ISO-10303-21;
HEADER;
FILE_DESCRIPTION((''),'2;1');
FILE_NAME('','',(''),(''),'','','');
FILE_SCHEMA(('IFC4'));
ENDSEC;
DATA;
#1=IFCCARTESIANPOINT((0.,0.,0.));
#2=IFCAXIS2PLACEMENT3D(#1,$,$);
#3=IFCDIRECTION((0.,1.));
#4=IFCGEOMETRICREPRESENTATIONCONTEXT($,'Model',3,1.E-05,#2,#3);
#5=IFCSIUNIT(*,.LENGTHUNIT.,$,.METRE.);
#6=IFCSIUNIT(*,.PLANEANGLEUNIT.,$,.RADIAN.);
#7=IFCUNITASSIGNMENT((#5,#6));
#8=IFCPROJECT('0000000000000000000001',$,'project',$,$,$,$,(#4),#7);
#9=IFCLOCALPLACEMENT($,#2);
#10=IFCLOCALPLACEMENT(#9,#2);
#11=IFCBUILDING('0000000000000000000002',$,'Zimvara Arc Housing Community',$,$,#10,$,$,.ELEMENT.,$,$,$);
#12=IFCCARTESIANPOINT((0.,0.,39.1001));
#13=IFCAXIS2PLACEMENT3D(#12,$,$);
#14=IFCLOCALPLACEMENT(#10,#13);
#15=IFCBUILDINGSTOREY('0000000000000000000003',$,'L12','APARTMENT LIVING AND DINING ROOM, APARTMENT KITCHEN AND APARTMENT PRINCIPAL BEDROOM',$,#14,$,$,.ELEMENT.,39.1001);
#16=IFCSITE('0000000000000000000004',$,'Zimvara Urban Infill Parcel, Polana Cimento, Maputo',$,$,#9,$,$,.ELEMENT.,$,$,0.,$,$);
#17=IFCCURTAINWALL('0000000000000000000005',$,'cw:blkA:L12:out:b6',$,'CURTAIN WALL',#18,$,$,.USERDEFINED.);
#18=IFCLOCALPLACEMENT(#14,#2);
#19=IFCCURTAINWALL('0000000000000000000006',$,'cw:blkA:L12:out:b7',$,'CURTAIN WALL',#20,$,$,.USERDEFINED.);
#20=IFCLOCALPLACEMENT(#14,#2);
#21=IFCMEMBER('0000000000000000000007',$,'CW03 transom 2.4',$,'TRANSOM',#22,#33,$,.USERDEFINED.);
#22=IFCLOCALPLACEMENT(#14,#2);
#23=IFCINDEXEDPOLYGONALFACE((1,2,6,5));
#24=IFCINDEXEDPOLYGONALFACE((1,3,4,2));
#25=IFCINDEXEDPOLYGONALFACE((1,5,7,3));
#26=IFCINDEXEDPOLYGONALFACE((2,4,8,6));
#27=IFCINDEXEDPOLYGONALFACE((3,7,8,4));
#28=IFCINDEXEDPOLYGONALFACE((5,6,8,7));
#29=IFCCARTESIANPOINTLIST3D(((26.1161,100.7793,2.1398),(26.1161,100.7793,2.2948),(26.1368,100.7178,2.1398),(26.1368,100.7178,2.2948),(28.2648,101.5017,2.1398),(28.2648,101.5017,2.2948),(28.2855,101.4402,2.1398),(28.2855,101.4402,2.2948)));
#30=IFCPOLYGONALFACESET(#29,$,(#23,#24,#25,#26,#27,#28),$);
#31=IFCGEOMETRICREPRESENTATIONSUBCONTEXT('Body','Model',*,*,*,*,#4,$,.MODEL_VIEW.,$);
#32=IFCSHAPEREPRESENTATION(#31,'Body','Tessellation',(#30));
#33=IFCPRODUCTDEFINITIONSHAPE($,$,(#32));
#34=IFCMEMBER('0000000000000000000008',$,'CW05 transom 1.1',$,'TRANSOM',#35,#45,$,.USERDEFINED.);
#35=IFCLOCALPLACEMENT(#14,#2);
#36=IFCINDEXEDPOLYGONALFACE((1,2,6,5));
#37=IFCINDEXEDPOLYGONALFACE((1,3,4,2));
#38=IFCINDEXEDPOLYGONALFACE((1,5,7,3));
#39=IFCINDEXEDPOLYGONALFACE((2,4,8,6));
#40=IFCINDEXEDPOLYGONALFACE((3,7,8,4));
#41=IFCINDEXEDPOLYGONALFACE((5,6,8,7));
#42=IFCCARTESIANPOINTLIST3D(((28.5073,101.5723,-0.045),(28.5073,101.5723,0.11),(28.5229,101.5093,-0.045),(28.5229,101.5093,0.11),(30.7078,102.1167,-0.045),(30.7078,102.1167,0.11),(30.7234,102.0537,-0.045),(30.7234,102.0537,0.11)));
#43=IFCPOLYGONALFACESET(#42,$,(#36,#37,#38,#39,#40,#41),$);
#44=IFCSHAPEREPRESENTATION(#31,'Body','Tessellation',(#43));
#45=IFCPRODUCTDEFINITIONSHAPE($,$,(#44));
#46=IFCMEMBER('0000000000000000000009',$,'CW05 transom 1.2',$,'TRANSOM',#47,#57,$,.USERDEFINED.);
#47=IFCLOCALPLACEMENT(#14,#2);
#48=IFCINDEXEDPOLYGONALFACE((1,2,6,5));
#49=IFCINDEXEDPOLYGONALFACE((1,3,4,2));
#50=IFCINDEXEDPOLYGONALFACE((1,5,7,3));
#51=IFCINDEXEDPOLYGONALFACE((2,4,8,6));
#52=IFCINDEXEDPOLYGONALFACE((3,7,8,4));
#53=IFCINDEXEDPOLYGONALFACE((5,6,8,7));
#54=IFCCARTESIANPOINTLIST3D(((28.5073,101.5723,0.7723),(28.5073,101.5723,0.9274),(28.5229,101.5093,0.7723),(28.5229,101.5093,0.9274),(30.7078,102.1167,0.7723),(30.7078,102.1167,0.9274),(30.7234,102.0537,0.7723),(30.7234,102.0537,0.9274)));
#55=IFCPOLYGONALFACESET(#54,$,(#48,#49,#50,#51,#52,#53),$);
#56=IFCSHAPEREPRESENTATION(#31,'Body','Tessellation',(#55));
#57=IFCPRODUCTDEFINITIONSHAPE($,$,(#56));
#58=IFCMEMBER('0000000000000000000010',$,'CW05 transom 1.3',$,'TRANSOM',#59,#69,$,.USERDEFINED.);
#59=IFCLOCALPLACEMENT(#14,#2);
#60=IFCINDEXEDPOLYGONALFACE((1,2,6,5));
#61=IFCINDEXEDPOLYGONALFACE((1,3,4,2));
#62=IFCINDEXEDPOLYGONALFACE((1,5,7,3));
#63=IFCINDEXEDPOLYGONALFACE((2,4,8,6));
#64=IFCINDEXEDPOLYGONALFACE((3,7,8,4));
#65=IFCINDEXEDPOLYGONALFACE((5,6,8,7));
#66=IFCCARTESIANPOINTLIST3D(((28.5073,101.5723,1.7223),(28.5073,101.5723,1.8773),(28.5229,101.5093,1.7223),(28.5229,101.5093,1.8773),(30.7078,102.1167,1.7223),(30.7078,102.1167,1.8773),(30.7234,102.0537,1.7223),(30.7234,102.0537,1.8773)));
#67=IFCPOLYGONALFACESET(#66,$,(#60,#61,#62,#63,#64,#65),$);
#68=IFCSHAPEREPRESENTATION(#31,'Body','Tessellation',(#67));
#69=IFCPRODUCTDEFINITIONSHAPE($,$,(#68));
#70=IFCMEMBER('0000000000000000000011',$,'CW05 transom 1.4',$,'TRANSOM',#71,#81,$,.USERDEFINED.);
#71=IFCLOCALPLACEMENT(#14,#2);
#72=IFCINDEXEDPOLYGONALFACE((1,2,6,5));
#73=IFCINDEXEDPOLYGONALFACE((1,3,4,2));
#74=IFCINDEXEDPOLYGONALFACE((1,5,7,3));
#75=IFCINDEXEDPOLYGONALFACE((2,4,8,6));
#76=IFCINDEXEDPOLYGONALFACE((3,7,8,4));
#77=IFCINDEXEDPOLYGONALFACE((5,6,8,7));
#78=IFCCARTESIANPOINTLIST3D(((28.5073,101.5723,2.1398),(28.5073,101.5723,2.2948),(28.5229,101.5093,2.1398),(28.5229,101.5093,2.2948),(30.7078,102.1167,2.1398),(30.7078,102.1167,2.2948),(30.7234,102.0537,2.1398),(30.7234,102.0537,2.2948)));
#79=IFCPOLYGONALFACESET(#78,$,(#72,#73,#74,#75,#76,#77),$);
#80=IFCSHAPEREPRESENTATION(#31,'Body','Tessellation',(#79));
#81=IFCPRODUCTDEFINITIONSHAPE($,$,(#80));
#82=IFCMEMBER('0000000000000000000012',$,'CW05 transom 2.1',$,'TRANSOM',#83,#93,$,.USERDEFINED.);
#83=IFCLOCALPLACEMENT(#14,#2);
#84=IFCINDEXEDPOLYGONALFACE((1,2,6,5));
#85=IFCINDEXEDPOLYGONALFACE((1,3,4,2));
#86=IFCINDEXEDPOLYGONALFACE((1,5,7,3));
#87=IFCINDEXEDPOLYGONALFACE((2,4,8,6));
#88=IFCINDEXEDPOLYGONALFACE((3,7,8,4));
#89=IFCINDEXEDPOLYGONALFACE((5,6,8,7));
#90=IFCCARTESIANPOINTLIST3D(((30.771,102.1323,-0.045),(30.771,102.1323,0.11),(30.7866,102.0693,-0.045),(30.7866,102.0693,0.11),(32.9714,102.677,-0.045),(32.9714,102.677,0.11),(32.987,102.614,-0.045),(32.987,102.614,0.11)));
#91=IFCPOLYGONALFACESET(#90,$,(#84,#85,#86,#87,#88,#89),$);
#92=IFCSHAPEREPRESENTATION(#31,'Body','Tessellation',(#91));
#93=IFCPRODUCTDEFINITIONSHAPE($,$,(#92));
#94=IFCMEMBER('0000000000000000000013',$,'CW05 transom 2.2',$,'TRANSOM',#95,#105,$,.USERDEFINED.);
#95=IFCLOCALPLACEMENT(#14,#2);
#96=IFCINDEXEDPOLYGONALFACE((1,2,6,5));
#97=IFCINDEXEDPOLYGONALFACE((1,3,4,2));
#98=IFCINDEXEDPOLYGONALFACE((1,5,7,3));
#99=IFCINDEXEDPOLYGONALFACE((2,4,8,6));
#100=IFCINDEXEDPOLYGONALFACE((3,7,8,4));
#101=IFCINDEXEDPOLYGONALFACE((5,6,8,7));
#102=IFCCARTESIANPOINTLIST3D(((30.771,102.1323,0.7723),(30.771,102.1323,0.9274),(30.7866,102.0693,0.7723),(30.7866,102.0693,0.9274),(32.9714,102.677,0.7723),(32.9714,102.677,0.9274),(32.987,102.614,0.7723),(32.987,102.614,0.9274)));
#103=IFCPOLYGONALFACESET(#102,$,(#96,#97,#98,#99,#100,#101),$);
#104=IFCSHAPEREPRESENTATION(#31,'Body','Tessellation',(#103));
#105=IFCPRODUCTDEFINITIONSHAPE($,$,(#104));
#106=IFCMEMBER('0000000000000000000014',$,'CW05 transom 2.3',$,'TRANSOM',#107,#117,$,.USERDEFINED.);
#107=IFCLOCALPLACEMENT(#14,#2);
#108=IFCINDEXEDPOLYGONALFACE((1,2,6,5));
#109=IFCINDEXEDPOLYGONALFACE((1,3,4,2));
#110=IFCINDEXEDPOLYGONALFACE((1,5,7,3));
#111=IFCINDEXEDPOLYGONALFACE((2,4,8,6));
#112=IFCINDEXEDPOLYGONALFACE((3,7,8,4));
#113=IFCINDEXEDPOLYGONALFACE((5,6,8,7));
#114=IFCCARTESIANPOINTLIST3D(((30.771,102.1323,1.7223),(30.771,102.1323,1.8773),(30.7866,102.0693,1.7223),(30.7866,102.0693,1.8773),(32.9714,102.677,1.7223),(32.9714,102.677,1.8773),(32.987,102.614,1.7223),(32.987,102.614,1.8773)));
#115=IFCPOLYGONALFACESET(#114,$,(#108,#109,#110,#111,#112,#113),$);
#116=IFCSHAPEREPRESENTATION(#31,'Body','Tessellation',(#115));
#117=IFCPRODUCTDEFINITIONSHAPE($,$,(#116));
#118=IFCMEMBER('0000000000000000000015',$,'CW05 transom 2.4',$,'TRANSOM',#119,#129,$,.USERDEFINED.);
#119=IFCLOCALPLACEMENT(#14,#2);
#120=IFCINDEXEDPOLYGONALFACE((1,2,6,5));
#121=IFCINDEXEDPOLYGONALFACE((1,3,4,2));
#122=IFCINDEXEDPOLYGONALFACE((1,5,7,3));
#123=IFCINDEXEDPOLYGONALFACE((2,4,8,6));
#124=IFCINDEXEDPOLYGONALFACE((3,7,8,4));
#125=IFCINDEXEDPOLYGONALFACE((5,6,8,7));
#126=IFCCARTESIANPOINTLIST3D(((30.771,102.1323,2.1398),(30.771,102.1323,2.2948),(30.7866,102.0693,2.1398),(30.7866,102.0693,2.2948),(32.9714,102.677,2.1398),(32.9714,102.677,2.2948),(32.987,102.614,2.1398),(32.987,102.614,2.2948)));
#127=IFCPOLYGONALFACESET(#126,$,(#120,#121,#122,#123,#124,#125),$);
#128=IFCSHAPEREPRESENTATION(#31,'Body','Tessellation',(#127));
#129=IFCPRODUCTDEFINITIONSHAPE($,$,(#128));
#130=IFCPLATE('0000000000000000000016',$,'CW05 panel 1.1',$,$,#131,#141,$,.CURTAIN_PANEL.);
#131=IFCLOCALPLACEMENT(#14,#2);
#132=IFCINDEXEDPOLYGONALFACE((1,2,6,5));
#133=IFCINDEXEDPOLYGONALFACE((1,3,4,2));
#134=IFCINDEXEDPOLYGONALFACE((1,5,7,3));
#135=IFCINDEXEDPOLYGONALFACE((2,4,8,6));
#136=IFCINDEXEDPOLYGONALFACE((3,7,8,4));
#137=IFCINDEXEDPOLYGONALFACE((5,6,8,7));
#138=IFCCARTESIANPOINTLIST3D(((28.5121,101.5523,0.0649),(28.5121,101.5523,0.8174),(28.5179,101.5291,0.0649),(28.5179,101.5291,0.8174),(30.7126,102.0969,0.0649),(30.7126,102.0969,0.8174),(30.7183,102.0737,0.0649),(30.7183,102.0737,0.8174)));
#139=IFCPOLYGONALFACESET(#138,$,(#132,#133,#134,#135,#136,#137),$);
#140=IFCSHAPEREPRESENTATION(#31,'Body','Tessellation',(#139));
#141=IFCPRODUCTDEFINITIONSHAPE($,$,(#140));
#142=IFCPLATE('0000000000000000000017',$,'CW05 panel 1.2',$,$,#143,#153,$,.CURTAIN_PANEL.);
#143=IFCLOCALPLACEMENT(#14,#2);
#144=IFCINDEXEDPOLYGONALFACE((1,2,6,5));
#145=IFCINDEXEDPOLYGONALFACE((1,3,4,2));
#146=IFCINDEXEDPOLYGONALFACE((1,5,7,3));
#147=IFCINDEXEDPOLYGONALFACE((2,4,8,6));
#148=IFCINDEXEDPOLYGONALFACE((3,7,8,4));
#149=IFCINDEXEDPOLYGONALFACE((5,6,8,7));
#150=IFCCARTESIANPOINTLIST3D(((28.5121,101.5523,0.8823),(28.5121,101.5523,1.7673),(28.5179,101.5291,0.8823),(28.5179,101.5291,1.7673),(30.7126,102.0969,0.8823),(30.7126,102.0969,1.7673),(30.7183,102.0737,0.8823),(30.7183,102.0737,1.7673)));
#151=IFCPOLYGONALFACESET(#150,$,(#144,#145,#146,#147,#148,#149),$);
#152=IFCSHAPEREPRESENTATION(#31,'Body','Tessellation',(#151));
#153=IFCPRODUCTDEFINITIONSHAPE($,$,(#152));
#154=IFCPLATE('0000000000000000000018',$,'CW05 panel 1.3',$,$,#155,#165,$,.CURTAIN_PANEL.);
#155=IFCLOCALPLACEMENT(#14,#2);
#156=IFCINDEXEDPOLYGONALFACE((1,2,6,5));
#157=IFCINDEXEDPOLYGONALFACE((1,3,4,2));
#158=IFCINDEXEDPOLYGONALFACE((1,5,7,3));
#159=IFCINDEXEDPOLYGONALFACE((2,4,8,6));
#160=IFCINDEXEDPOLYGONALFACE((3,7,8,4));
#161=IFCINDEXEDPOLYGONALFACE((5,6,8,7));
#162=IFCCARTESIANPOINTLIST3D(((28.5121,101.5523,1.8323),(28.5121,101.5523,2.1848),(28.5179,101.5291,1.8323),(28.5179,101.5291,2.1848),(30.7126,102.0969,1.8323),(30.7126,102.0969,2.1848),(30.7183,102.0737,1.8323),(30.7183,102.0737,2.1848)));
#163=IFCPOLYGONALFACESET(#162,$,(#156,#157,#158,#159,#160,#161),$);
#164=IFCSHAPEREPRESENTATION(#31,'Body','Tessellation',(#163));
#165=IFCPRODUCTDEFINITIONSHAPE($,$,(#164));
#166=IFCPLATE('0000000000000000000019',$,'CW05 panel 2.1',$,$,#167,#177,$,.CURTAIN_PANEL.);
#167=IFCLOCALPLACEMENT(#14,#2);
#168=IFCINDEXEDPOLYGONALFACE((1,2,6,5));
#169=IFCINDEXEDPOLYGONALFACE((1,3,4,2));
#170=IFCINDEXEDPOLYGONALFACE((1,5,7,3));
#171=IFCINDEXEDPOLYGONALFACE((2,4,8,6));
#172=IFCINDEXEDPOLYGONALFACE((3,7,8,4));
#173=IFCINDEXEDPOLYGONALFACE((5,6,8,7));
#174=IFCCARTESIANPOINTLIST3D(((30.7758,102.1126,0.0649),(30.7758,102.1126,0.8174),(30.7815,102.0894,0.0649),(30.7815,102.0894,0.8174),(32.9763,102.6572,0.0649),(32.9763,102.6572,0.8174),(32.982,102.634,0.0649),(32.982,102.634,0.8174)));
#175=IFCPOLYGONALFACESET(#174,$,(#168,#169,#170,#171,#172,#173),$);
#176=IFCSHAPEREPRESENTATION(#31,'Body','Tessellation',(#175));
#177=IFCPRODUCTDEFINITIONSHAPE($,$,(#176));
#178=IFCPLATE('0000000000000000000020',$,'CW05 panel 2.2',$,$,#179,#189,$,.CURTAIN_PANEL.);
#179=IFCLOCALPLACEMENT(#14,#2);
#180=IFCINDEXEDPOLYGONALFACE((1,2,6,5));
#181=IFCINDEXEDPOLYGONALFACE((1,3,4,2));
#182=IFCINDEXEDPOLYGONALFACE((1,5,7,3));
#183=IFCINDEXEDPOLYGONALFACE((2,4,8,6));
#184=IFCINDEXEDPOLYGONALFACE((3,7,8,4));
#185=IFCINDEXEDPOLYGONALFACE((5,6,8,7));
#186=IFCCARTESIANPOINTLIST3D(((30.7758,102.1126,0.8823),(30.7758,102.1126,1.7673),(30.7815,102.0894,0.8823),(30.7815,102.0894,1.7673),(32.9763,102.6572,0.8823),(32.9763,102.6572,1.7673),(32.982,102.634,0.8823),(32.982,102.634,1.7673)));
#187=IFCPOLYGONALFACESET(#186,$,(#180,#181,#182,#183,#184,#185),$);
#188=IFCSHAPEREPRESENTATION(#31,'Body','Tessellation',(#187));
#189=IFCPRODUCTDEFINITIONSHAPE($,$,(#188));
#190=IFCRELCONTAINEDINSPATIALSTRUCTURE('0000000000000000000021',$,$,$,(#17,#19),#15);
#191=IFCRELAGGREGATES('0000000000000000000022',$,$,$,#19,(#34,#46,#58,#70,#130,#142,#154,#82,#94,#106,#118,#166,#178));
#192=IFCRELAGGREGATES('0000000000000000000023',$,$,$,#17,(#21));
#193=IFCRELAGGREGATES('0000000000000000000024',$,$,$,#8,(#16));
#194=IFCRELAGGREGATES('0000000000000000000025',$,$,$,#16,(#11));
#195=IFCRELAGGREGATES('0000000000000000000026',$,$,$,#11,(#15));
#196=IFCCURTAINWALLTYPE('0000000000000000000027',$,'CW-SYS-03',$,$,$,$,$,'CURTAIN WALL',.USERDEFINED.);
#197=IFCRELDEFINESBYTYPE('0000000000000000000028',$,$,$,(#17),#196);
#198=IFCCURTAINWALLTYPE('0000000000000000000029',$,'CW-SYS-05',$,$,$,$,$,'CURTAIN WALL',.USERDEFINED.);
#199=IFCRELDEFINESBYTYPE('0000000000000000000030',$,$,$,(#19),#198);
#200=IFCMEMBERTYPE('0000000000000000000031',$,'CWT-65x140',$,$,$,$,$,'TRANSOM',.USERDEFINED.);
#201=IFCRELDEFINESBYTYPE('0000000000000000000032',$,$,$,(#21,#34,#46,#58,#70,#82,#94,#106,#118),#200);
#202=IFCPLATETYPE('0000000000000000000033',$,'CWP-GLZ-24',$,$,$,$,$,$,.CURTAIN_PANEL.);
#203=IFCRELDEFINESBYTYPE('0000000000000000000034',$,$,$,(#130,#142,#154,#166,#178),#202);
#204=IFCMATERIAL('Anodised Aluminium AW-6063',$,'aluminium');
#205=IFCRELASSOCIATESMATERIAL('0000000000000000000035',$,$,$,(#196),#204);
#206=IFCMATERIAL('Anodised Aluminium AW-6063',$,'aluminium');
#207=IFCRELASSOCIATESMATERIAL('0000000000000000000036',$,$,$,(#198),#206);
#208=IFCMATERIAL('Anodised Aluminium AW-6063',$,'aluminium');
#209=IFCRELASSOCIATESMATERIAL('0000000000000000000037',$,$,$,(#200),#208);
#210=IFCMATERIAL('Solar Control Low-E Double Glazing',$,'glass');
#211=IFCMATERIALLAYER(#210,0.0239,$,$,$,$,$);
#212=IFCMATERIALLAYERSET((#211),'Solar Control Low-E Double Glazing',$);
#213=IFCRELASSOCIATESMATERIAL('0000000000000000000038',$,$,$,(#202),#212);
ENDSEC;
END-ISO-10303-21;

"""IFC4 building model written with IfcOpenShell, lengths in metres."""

from ifc_helpers import new_model, si_unit, direction, frame, origin, origin_2d, place, context, subcontext, project, spatial, rectangle, extrude, material, layer, layer_set, material_profile, profile_set, type_object, element, aggregate, save


model = new_model("IFC4")

# Units and contexts
model_context = context("Model", 3, precision=1e-05, world=origin(), true_north=direction((0.0, 1.0)))
body_context = subcontext(model_context, "Body", "Model", "MODEL_VIEW")
ifc_project = project(units=[si_unit("LENGTHUNIT", "METRE"), si_unit("PLANEANGLEUNIT", "RADIAN")], contexts=[model_context])

# Site, building, storey
site_placement = place(None, origin())
site = spatial("IfcSite", under=ifc_project, at=site_placement, Name="Zimvara Urban Infill Parcel, Polana Cimento, Maputo", CompositionType="ELEMENT", RefElevation=0.0)
building_placement = place(site_placement, origin())
building = spatial("IfcBuilding", under=site, at=building_placement, Name="Zimvara Arc Housing Community", CompositionType="ELEMENT")
storey_placement = place(building_placement, frame((0.0, 0.0, 39.1001)))
storey = spatial("IfcBuildingStorey", under=building, at=storey_placement, Name="L12", Description="APARTMENT LIVING AND DINING ROOM, APARTMENT KITCHEN AND APARTMENT PRINCIPAL BEDROOM", CompositionType="ELEMENT", Elevation=39.1001)

# Curtain walls
ifc_material_1 = material(Name="Anodised Aluminium AW-6063", Category="aluminium")
curtain_wall_type_1 = type_object("IfcCurtainWallType", Name="CW-SYS-03", ElementType="CURTAIN WALL", PredefinedType="USERDEFINED", material=ifc_material_1)
curtain_wall_1_placement = place(storey_placement, origin())
curtain_wall_1 = element("IfcCurtainWall", 1, at=curtain_wall_1_placement, inside=storey, type_object=curtain_wall_type_1, Name="cw:blkA:L12:out:b6", ObjectType="CURTAIN WALL", PredefinedType="USERDEFINED")
ifc_material_2 = material(Name="Anodised Aluminium AW-6063", Category="aluminium")
curtain_wall_type_2 = type_object("IfcCurtainWallType", Name="CW-SYS-05", ElementType="CURTAIN WALL", PredefinedType="USERDEFINED", material=ifc_material_2)
curtain_wall_2_placement = place(storey_placement, origin())
curtain_wall_2 = element("IfcCurtainWall", 2, at=curtain_wall_2_placement, inside=storey, type_object=curtain_wall_type_2, Name="cw:blkA:L12:out:b7", ObjectType="CURTAIN WALL", PredefinedType="USERDEFINED")

# Members
ifc_material_3 = material(Name="Anodised Aluminium AW-6063", Category="aluminium")
ifc_material_profile_1 = material_profile(ifc_material_3, rectangle(XDim=0.0649, YDim=0.155, at=origin_2d()), Name="ALU 65x155")
ifc_profile_set_1 = profile_set([ifc_material_profile_1], Name="Anodised Aluminium AW-6063")
member_type_1 = type_object("IfcMemberType", Name="CWT-65x140", ElementType="TRANSOM", PredefinedType="USERDEFINED", material=ifc_profile_set_1)
member_1_placement = place(storey_placement, frame((26.1265, 100.7485, 2.2173), z_axis=(0.947862, 0.318682, 0.0), x_axis=(-0.318682, 0.947862, 0.0)))
member_1 = element("IfcMember", 3, at=member_1_placement, type_object=member_type_1, Name="CW03 transom 2.4", ObjectType="TRANSOM", PredefinedType="USERDEFINED", context=body_context, shape_type="SweptSolid", body=[
    extrude(rectangle(XDim=0.0649, YDim=0.155, at=origin_2d()), origin(), (0.0, 0.0, 1.0), 2.2668),
])
member_2_placement = place(storey_placement, frame((28.5151, 101.5408, 0.0325), z_axis=(0.970729, 0.240178, 0.0), x_axis=(-0.240178, 0.970729, 0.0)))
member_2 = element("IfcMember", 4, at=member_2_placement, type_object=member_type_1, Name="CW05 transom 1.1", ObjectType="TRANSOM", PredefinedType="USERDEFINED", context=body_context, shape_type="SweptSolid", body=[
    extrude(rectangle(XDim=0.0649, YDim=0.155, at=origin_2d()), origin(), (0.0, 0.0, 1.0), 2.2668),
])
member_3_placement = place(storey_placement, frame((28.5151, 101.5408, 0.8499), z_axis=(0.970729, 0.240178, 0.0), x_axis=(-0.240178, 0.970729, 0.0)))
member_3 = element("IfcMember", 5, at=member_3_placement, type_object=member_type_1, Name="CW05 transom 1.2", ObjectType="TRANSOM", PredefinedType="USERDEFINED", context=body_context, shape_type="SweptSolid", body=[
    extrude(rectangle(XDim=0.0649, YDim=0.155, at=origin_2d()), origin(), (0.0, 0.0, 1.0), 2.2668),
])
member_4_placement = place(storey_placement, frame((28.5151, 101.5408, 1.7998), z_axis=(0.970729, 0.240178, 0.0), x_axis=(-0.240178, 0.970729, 0.0)))
member_4 = element("IfcMember", 6, at=member_4_placement, type_object=member_type_1, Name="CW05 transom 1.3", ObjectType="TRANSOM", PredefinedType="USERDEFINED", context=body_context, shape_type="SweptSolid", body=[
    extrude(rectangle(XDim=0.0649, YDim=0.155, at=origin_2d()), origin(), (0.0, 0.0, 1.0), 2.2668),
])
member_5_placement = place(storey_placement, frame((28.5151, 101.5408, 2.2173), z_axis=(0.970729, 0.240178, 0.0), x_axis=(-0.240178, 0.970729, 0.0)))
member_5 = element("IfcMember", 7, at=member_5_placement, type_object=member_type_1, Name="CW05 transom 1.4", ObjectType="TRANSOM", PredefinedType="USERDEFINED", context=body_context, shape_type="SweptSolid", body=[
    extrude(rectangle(XDim=0.0649, YDim=0.155, at=origin_2d()), origin(), (0.0, 0.0, 1.0), 2.2668),
])
member_6_placement = place(storey_placement, frame((30.7788, 102.1008, 0.0325), z_axis=(0.970704, 0.24028, 0.0), x_axis=(-0.24028, 0.970704, 0.0)))
member_6 = element("IfcMember", 8, at=member_6_placement, type_object=member_type_1, Name="CW05 transom 2.1", ObjectType="TRANSOM", PredefinedType="USERDEFINED", context=body_context, shape_type="SweptSolid", body=[
    extrude(rectangle(XDim=0.0649, YDim=0.155, at=origin_2d()), origin(), (0.0, 0.0, 1.0), 2.2668),
])
member_7_placement = place(storey_placement, frame((30.7788, 102.1008, 0.8499), z_axis=(0.970704, 0.24028, 0.0), x_axis=(-0.24028, 0.970704, 0.0)))
member_7 = element("IfcMember", 9, at=member_7_placement, type_object=member_type_1, Name="CW05 transom 2.2", ObjectType="TRANSOM", PredefinedType="USERDEFINED", context=body_context, shape_type="SweptSolid", body=[
    extrude(rectangle(XDim=0.0649, YDim=0.155, at=origin_2d()), origin(), (0.0, 0.0, 1.0), 2.2668),
])
member_8_placement = place(storey_placement, frame((30.7788, 102.1008, 1.7998), z_axis=(0.970704, 0.24028, 0.0), x_axis=(-0.24028, 0.970704, 0.0)))
member_8 = element("IfcMember", 10, at=member_8_placement, type_object=member_type_1, Name="CW05 transom 2.3", ObjectType="TRANSOM", PredefinedType="USERDEFINED", context=body_context, shape_type="SweptSolid", body=[
    extrude(rectangle(XDim=0.0649, YDim=0.155, at=origin_2d()), origin(), (0.0, 0.0, 1.0), 2.2668),
])
member_9_placement = place(storey_placement, frame((30.7788, 102.1008, 2.2173), z_axis=(0.970704, 0.24028, 0.0), x_axis=(-0.24028, 0.970704, 0.0)))
member_9 = element("IfcMember", 11, at=member_9_placement, type_object=member_type_1, Name="CW05 transom 2.4", ObjectType="TRANSOM", PredefinedType="USERDEFINED", context=body_context, shape_type="SweptSolid", body=[
    extrude(rectangle(XDim=0.0649, YDim=0.155, at=origin_2d()), origin(), (0.0, 0.0, 1.0), 2.2668),
])

# Plates
ifc_material_4 = material(Name="Solar Control Low-E Double Glazing", Category="glass")
ifc_layer_1 = layer(ifc_material_4, 0.0239)
ifc_layer_set_1 = layer_set([ifc_layer_1], Name="Solar Control Low-E Double Glazing")
plate_type_1 = type_object("IfcPlateType", Name="CWP-GLZ-24", PredefinedType="CURTAIN_PANEL", material=ifc_layer_set_1)
plate_1_placement = place(storey_placement, frame((29.6152, 101.813, 0.0649), z_axis=(0.0, 0.0, 1.0), x_axis=(0.970716, 0.24023, 0.0)))
plate_1 = element("IfcPlate", 12, at=plate_1_placement, type_object=plate_type_1, Name="CW05 panel 1.1", PredefinedType="CURTAIN_PANEL", context=body_context, shape_type="SweptSolid", body=[
    extrude(rectangle(XDim=2.2668, YDim=0.0239, at=origin_2d()), origin(), (0.0, 0.0, 1.0), 0.7524),
])
plate_2_placement = place(storey_placement, frame((29.6152, 101.813, 0.8823), z_axis=(0.0, 0.0, 1.0), x_axis=(0.970716, 0.24023, 0.0)))
plate_2 = element("IfcPlate", 13, at=plate_2_placement, type_object=plate_type_1, Name="CW05 panel 1.2", PredefinedType="CURTAIN_PANEL", context=body_context, shape_type="SweptSolid", body=[
    extrude(rectangle(XDim=2.2668, YDim=0.0239, at=origin_2d()), origin(), (0.0, 0.0, 1.0), 0.885),
])
plate_3_placement = place(storey_placement, frame((29.6152, 101.813, 1.8323), z_axis=(0.0, 0.0, 1.0), x_axis=(0.970716, 0.24023, 0.0)))
plate_3 = element("IfcPlate", 14, at=plate_3_placement, type_object=plate_type_1, Name="CW05 panel 1.3", PredefinedType="CURTAIN_PANEL", context=body_context, shape_type="SweptSolid", body=[
    extrude(rectangle(XDim=2.2668, YDim=0.0239, at=origin_2d()), origin(), (0.0, 0.0, 1.0), 0.3525),
])
plate_4_placement = place(storey_placement, frame((31.8789, 102.3733, 0.0649), z_axis=(0.0, 0.0, 1.0), x_axis=(0.970716, 0.24023, 0.0)))
plate_4 = element("IfcPlate", 15, at=plate_4_placement, type_object=plate_type_1, Name="CW05 panel 2.1", PredefinedType="CURTAIN_PANEL", context=body_context, shape_type="SweptSolid", body=[
    extrude(rectangle(XDim=2.2668, YDim=0.0239, at=origin_2d()), origin(), (0.0, 0.0, 1.0), 0.7524),
])
plate_5_placement = place(storey_placement, frame((31.8789, 102.3733, 0.8823), z_axis=(0.0, 0.0, 1.0), x_axis=(0.970716, 0.24023, 0.0)))
plate_5 = element("IfcPlate", 16, at=plate_5_placement, type_object=plate_type_1, Name="CW05 panel 2.2", PredefinedType="CURTAIN_PANEL", context=body_context, shape_type="SweptSolid", body=[
    extrude(rectangle(XDim=2.2668, YDim=0.0239, at=origin_2d()), origin(), (0.0, 0.0, 1.0), 0.885),
])
aggregate(curtain_wall_2, [member_2, member_3, member_4, member_5, plate_1, plate_2, plate_3, member_6, member_7, member_8, member_9, plate_4, plate_5])
aggregate(curtain_wall_1, [member_1])

save(model, "model.ifc")
